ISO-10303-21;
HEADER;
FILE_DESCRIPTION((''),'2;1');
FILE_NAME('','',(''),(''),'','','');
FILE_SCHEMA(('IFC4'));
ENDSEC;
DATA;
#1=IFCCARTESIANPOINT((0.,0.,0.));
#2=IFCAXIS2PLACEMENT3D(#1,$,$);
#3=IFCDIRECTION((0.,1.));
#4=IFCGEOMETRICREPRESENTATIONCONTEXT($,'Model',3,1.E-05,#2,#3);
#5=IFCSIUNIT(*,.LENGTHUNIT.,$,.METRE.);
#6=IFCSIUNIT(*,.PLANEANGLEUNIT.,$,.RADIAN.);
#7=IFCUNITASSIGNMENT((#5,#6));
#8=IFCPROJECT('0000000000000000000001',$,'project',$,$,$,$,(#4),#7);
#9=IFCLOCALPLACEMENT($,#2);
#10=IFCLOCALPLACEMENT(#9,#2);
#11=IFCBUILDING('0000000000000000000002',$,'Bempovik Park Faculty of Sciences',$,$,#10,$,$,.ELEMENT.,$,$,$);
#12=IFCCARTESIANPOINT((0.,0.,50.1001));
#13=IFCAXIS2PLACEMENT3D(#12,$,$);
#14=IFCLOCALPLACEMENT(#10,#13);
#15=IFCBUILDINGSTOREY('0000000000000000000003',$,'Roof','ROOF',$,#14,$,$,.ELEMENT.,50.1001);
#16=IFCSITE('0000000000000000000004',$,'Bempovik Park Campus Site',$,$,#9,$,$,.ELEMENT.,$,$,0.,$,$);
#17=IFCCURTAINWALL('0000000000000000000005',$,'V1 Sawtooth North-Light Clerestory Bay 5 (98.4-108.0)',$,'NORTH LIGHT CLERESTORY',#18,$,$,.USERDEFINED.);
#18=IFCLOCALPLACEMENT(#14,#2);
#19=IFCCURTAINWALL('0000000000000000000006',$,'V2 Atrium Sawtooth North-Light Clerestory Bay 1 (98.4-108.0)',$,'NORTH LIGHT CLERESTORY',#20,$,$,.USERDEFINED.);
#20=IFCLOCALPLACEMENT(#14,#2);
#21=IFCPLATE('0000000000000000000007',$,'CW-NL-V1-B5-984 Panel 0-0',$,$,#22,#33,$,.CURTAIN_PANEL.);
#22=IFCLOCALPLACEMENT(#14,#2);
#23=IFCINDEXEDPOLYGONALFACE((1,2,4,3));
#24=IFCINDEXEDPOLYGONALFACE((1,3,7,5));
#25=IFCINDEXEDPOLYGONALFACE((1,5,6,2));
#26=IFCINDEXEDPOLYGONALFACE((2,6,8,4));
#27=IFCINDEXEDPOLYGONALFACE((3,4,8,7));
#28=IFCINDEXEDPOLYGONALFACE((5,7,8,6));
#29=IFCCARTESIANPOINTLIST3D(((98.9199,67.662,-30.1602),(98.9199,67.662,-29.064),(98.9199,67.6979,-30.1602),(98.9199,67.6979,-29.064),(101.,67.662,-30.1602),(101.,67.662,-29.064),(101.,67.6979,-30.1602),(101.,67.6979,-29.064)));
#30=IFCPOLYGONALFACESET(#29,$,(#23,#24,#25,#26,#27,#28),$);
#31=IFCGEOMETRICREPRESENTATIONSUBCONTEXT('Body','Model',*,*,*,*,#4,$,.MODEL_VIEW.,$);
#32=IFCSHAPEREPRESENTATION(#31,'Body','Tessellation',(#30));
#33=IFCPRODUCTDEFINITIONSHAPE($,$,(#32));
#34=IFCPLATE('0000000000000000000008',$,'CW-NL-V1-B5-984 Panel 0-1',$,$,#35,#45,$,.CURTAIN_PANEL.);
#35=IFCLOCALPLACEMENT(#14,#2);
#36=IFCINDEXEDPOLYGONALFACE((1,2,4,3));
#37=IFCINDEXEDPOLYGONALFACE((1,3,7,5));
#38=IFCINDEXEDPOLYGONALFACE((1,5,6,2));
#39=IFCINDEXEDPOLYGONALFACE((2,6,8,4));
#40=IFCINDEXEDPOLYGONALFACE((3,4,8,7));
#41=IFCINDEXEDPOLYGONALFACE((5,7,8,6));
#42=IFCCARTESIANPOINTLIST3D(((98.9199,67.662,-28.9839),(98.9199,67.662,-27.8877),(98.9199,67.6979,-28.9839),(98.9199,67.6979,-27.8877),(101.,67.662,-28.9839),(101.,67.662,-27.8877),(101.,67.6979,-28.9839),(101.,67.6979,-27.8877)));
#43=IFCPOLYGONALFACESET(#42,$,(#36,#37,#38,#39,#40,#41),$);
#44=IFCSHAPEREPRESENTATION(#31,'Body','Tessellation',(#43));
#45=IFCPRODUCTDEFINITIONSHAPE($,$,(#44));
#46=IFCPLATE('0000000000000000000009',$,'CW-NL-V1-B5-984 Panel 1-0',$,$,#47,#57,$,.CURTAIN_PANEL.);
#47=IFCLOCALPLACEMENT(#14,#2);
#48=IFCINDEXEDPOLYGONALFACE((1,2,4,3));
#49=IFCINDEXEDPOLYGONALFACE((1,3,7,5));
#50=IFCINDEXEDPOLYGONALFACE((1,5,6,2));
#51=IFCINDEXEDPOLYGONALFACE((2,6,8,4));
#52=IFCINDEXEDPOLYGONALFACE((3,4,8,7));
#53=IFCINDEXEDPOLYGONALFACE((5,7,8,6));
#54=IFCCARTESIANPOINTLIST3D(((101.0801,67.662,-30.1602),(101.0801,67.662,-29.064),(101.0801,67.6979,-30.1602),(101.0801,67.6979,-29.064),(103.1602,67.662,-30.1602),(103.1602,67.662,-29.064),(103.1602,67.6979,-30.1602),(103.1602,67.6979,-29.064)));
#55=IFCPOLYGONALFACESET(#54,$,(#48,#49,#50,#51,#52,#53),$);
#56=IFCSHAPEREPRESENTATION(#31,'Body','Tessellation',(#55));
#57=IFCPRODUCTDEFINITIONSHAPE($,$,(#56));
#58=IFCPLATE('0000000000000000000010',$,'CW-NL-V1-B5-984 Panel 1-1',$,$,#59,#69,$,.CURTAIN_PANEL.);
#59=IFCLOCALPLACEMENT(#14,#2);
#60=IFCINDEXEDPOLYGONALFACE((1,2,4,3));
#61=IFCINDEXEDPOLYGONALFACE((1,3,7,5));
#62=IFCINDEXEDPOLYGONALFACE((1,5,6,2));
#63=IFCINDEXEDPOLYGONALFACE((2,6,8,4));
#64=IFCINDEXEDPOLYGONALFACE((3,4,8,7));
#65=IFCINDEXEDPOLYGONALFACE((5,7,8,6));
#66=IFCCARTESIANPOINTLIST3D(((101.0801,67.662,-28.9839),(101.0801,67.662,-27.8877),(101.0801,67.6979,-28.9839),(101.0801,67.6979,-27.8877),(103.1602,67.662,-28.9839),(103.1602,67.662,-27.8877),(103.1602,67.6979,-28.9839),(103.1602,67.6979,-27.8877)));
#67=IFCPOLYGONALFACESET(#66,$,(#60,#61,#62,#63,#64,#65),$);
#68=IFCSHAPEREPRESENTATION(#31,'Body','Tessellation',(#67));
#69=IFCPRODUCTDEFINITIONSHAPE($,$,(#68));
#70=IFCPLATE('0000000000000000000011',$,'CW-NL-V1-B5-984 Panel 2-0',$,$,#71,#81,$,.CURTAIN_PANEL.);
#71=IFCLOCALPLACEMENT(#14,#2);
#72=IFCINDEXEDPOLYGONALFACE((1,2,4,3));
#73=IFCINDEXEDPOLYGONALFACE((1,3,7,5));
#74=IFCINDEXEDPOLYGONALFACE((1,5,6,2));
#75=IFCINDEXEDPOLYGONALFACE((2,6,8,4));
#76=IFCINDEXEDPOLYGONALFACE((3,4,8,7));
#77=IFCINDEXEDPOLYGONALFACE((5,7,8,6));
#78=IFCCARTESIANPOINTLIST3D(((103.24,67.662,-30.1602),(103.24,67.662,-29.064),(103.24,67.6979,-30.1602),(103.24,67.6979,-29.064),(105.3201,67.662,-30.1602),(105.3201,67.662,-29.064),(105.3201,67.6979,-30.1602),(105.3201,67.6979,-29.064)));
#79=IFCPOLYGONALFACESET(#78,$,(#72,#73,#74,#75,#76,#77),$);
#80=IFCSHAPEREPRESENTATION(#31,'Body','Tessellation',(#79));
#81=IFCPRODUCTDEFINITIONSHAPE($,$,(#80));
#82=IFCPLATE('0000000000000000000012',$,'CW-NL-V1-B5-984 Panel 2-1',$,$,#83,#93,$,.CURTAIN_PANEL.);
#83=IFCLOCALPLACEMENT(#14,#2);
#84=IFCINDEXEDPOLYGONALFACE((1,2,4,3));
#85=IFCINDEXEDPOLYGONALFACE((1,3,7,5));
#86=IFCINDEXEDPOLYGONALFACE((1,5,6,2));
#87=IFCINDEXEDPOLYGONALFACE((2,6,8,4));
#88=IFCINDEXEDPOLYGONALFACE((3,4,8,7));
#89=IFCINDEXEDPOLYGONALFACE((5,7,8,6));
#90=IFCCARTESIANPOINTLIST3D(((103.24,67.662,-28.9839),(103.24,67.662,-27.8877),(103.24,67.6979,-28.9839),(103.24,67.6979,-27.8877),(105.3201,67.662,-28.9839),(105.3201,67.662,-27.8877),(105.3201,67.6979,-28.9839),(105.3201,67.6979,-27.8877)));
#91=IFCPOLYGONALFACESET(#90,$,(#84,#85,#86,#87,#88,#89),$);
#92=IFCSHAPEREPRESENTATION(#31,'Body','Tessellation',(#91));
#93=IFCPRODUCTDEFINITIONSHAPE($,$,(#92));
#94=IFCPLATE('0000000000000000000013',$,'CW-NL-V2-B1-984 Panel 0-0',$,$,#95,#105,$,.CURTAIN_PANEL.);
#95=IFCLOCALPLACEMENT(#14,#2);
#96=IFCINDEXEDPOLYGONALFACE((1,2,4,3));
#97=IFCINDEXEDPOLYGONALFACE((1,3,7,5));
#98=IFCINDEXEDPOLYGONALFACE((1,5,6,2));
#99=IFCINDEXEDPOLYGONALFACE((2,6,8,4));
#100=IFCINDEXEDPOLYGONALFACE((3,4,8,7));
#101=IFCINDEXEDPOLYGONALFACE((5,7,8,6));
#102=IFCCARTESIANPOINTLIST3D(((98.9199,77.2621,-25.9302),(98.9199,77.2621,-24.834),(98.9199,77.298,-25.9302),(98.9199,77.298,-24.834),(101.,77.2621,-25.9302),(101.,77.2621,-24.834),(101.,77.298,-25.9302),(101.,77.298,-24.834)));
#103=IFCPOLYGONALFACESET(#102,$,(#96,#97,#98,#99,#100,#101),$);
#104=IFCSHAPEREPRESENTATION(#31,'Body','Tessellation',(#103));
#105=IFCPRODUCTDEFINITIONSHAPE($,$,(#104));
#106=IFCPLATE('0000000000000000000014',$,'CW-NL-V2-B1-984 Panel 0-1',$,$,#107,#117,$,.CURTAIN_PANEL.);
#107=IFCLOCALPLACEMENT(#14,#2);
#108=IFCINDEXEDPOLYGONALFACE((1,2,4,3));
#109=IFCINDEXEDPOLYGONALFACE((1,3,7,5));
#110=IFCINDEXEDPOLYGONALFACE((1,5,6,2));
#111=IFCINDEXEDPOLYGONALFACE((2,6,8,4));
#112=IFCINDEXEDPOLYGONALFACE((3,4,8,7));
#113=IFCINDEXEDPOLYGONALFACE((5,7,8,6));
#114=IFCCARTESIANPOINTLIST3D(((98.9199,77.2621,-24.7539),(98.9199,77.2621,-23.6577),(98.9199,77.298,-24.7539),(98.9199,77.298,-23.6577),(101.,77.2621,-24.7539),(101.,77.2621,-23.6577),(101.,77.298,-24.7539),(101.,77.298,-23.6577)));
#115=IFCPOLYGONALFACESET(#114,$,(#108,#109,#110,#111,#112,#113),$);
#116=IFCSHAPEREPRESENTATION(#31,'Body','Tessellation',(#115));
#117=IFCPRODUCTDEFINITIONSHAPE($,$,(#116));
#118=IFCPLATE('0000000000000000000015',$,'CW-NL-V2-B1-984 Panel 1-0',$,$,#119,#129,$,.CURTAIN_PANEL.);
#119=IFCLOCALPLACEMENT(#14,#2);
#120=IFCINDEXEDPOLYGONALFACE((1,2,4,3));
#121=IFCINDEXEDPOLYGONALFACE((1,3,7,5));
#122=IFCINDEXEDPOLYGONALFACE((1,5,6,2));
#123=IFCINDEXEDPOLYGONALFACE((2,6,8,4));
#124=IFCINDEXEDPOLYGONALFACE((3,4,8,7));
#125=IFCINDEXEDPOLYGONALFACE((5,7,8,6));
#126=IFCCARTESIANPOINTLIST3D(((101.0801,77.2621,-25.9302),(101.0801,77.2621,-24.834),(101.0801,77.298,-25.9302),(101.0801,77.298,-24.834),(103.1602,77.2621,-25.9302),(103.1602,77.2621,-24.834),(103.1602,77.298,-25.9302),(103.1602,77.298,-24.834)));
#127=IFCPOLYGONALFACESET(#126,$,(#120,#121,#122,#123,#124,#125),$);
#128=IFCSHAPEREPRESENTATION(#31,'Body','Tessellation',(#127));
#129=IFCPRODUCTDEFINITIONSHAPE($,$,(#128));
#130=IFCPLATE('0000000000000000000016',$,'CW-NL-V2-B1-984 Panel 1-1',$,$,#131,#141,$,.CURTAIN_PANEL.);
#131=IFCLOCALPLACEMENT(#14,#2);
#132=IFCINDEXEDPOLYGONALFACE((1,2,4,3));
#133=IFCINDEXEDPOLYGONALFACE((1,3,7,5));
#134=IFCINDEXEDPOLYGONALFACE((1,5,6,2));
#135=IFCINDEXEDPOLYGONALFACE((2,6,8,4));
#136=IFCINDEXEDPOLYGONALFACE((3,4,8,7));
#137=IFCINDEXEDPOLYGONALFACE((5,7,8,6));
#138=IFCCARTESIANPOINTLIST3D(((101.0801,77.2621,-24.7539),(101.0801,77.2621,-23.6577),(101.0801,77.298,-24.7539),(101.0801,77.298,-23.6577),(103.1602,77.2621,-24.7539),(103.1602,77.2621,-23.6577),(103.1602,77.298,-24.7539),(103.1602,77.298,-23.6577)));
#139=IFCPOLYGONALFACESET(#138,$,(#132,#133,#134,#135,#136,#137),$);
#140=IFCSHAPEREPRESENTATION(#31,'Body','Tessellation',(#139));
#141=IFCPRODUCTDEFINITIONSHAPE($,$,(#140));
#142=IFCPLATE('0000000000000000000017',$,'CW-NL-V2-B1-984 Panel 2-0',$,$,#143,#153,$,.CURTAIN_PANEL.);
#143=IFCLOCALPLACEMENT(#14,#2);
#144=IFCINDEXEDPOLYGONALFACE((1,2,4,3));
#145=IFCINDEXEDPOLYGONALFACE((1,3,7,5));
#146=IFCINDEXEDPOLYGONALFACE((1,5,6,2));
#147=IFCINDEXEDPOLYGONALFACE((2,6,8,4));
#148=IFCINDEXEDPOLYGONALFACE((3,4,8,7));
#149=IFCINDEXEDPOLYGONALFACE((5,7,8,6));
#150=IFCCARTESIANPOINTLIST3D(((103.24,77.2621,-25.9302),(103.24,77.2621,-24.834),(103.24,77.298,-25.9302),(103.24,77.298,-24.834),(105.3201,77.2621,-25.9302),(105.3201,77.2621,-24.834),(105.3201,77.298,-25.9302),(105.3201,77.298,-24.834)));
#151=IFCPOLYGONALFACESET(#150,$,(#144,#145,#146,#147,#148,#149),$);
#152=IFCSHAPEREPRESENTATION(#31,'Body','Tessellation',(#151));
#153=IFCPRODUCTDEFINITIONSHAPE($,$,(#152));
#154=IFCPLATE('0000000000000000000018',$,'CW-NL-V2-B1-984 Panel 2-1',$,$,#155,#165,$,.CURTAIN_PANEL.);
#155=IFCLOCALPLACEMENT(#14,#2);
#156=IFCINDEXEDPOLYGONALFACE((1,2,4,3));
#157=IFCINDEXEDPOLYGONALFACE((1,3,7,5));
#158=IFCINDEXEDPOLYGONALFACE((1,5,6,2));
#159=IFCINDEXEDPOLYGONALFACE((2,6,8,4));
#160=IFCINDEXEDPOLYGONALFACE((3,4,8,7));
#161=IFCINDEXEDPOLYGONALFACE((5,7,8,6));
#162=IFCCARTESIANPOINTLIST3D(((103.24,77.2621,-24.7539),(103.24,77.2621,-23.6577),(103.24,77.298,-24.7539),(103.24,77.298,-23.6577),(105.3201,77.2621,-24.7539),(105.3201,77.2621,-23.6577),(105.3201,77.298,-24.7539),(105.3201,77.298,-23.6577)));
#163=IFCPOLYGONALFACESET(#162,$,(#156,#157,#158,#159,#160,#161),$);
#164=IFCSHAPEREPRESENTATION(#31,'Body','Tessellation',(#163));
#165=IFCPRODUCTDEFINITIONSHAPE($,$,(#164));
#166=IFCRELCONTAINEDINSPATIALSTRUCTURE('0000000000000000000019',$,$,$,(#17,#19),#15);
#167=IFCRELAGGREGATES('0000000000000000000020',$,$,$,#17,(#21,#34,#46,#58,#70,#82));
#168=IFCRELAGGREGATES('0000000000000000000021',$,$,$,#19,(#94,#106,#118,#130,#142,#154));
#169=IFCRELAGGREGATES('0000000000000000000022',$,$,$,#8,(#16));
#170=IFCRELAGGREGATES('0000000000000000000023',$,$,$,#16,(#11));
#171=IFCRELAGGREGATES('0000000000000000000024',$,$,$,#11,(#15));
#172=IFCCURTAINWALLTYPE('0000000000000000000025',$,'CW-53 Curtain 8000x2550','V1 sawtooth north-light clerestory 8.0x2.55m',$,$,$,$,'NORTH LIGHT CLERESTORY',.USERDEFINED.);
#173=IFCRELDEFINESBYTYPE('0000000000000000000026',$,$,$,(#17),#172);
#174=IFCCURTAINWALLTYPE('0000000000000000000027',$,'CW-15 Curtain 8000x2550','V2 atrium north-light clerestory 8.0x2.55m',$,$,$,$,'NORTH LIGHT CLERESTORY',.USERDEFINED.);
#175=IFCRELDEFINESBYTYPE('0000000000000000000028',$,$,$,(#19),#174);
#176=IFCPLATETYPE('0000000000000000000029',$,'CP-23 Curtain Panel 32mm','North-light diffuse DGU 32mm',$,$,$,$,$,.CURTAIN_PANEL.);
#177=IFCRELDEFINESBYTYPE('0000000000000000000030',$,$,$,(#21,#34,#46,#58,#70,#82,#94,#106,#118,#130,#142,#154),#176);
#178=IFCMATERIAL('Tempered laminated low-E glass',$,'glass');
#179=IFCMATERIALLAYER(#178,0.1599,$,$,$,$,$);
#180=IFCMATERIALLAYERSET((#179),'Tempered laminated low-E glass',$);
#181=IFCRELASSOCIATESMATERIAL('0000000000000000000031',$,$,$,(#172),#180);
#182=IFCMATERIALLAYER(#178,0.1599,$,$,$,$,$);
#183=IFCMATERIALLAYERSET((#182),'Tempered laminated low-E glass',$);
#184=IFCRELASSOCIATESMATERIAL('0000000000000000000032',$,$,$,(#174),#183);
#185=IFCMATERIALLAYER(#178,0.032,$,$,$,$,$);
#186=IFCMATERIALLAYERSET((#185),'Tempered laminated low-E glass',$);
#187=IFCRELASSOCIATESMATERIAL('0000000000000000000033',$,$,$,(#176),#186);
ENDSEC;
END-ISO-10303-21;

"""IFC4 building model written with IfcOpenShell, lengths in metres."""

from ifc_helpers import new_model, si_unit, direction, frame, origin, origin_2d, place, context, subcontext, project, spatial, rectangle, extrude, material, layer, layer_set, type_object, element, aggregate, save


model = new_model("IFC4")

# Units and contexts
model_context = context("Model", 3, precision=1e-05, world=origin(), true_north=direction((0.0, 1.0)))
body_context = subcontext(model_context, "Body", "Model", "MODEL_VIEW")
ifc_project = project(units=[si_unit("LENGTHUNIT", "METRE"), si_unit("PLANEANGLEUNIT", "RADIAN")], contexts=[model_context])

# Site, building, storey
site_placement = place(None, origin())
site = spatial("IfcSite", under=ifc_project, at=site_placement, Name="Bempovik Park Campus Site", CompositionType="ELEMENT", RefElevation=0.0)
building_placement = place(site_placement, origin())
building = spatial("IfcBuilding", under=site, at=building_placement, Name="Bempovik Park Faculty of Sciences", CompositionType="ELEMENT")
storey_placement = place(building_placement, frame((0.0, 0.0, 50.1001)))
storey = spatial("IfcBuildingStorey", under=building, at=storey_placement, Name="Roof", Description="ROOF", CompositionType="ELEMENT", Elevation=50.1001)

# Curtain walls
ifc_material_1 = material(Name="Tempered laminated low-E glass", Category="glass")
ifc_layer_1 = layer(ifc_material_1, 0.1599)
ifc_layer_set_1 = layer_set([ifc_layer_1], Name="Tempered laminated low-E glass")
curtain_wall_type_1 = type_object("IfcCurtainWallType", Name="CW-53 Curtain 8000x2550", Description="V1 sawtooth north-light clerestory 8.0x2.55m", ElementType="NORTH LIGHT CLERESTORY", PredefinedType="USERDEFINED", material=ifc_layer_set_1)
curtain_wall_1_placement = place(storey_placement, origin())
curtain_wall_1 = element("IfcCurtainWall", 1, at=curtain_wall_1_placement, inside=storey, type_object=curtain_wall_type_1, Name="V1 Sawtooth North-Light Clerestory Bay 5 (98.4-108.0)", ObjectType="NORTH LIGHT CLERESTORY", PredefinedType="USERDEFINED")
ifc_layer_2 = layer(ifc_material_1, 0.1599)
ifc_layer_set_2 = layer_set([ifc_layer_2], Name="Tempered laminated low-E glass")
curtain_wall_type_2 = type_object("IfcCurtainWallType", Name="CW-15 Curtain 8000x2550", Description="V2 atrium north-light clerestory 8.0x2.55m", ElementType="NORTH LIGHT CLERESTORY", PredefinedType="USERDEFINED", material=ifc_layer_set_2)
curtain_wall_2_placement = place(storey_placement, origin())
curtain_wall_2 = element("IfcCurtainWall", 2, at=curtain_wall_2_placement, inside=storey, type_object=curtain_wall_type_2, Name="V2 Atrium Sawtooth North-Light Clerestory Bay 1 (98.4-108.0)", ObjectType="NORTH LIGHT CLERESTORY", PredefinedType="USERDEFINED")

# Plates
ifc_layer_3 = layer(ifc_material_1, 0.032)
ifc_layer_set_3 = layer_set([ifc_layer_3], Name="Tempered laminated low-E glass")
plate_type = type_object("IfcPlateType", Name="CP-23 Curtain Panel 32mm", Description="North-light diffuse DGU 32mm", PredefinedType="CURTAIN_PANEL", material=ifc_layer_set_3)
plate_1_placement = place(storey_placement, frame((99.96, 67.6799, -30.1602), z_axis=(0.0, 0.0, 1.0), x_axis=(1.0, 0.0, 0.0)))
plate_1 = element("IfcPlate", 3, at=plate_1_placement, type_object=plate_type, Name="CW-NL-V1-B5-984 Panel 0-0", PredefinedType="CURTAIN_PANEL", context=body_context, shape_type="SweptSolid", body=[
    extrude(rectangle(XDim=2.0801, YDim=0.0359, at=origin_2d()), origin(), (0.0, 0.0, 1.0), 1.0962),
])
plate_2_placement = place(storey_placement, frame((99.96, 67.6799, -28.9839), z_axis=(0.0, 0.0, 1.0), x_axis=(1.0, 0.0, 0.0)))
plate_2 = element("IfcPlate", 4, at=plate_2_placement, type_object=plate_type, Name="CW-NL-V1-B5-984 Panel 0-1", PredefinedType="CURTAIN_PANEL", context=body_context, shape_type="SweptSolid", body=[
    extrude(rectangle(XDim=2.0801, YDim=0.0359, at=origin_2d()), origin(), (0.0, 0.0, 1.0), 1.0962),
])
plate_3_placement = place(storey_placement, frame((102.1201, 67.6799, -30.1602), z_axis=(0.0, 0.0, 1.0), x_axis=(1.0, 0.0, 0.0)))
plate_3 = element("IfcPlate", 5, at=plate_3_placement, type_object=plate_type, Name="CW-NL-V1-B5-984 Panel 1-0", PredefinedType="CURTAIN_PANEL", context=body_context, shape_type="SweptSolid", body=[
    extrude(rectangle(XDim=2.0801, YDim=0.0359, at=origin_2d()), origin(), (0.0, 0.0, 1.0), 1.0962),
])
plate_4_placement = place(storey_placement, frame((102.1201, 67.6799, -28.9839), z_axis=(0.0, 0.0, 1.0), x_axis=(1.0, 0.0, 0.0)))
plate_4 = element("IfcPlate", 6, at=plate_4_placement, type_object=plate_type, Name="CW-NL-V1-B5-984 Panel 1-1", PredefinedType="CURTAIN_PANEL", context=body_context, shape_type="SweptSolid", body=[
    extrude(rectangle(XDim=2.0801, YDim=0.0359, at=origin_2d()), origin(), (0.0, 0.0, 1.0), 1.0962),
])
plate_5_placement = place(storey_placement, frame((104.28, 67.6799, -30.1602), z_axis=(0.0, 0.0, 1.0), x_axis=(1.0, 0.0, 0.0)))
plate_5 = element("IfcPlate", 7, at=plate_5_placement, type_object=plate_type, Name="CW-NL-V1-B5-984 Panel 2-0", PredefinedType="CURTAIN_PANEL", context=body_context, shape_type="SweptSolid", body=[
    extrude(rectangle(XDim=2.0801, YDim=0.0359, at=origin_2d()), origin(), (0.0, 0.0, 1.0), 1.0962),
])
plate_6_placement = place(storey_placement, frame((104.28, 67.6799, -28.9839), z_axis=(0.0, 0.0, 1.0), x_axis=(1.0, 0.0, 0.0)))
plate_6 = element("IfcPlate", 8, at=plate_6_placement, type_object=plate_type, Name="CW-NL-V1-B5-984 Panel 2-1", PredefinedType="CURTAIN_PANEL", context=body_context, shape_type="SweptSolid", body=[
    extrude(rectangle(XDim=2.0801, YDim=0.0359, at=origin_2d()), origin(), (0.0, 0.0, 1.0), 1.0962),
])
aggregate(curtain_wall_1, [plate_1, plate_2, plate_3, plate_4, plate_5, plate_6])
plate_7_placement = place(storey_placement, frame((99.96, 77.28, -25.9302), z_axis=(0.0, 0.0, 1.0), x_axis=(1.0, 0.0, 0.0)))
plate_7 = element("IfcPlate", 9, at=plate_7_placement, type_object=plate_type, Name="CW-NL-V2-B1-984 Panel 0-0", PredefinedType="CURTAIN_PANEL", context=body_context, shape_type="SweptSolid", body=[
    extrude(rectangle(XDim=2.0801, YDim=0.0359, at=origin_2d()), origin(), (0.0, 0.0, 1.0), 1.0962),
])
plate_8_placement = place(storey_placement, frame((99.96, 77.28, -24.7539), z_axis=(0.0, 0.0, 1.0), x_axis=(1.0, 0.0, 0.0)))
plate_8 = element("IfcPlate", 10, at=plate_8_placement, type_object=plate_type, Name="CW-NL-V2-B1-984 Panel 0-1", PredefinedType="CURTAIN_PANEL", context=body_context, shape_type="SweptSolid", body=[
    extrude(rectangle(XDim=2.0801, YDim=0.0359, at=origin_2d()), origin(), (0.0, 0.0, 1.0), 1.0962),
])
plate_9_placement = place(storey_placement, frame((102.1201, 77.28, -25.9302), z_axis=(0.0, 0.0, 1.0), x_axis=(1.0, 0.0, 0.0)))
plate_9 = element("IfcPlate", 11, at=plate_9_placement, type_object=plate_type, Name="CW-NL-V2-B1-984 Panel 1-0", PredefinedType="CURTAIN_PANEL", context=body_context, shape_type="SweptSolid", body=[
    extrude(rectangle(XDim=2.0801, YDim=0.0359, at=origin_2d()), origin(), (0.0, 0.0, 1.0), 1.0962),
])
plate_10_placement = place(storey_placement, frame((102.1201, 77.28, -24.7539), z_axis=(0.0, 0.0, 1.0), x_axis=(1.0, 0.0, 0.0)))
plate_10 = element("IfcPlate", 12, at=plate_10_placement, type_object=plate_type, Name="CW-NL-V2-B1-984 Panel 1-1", PredefinedType="CURTAIN_PANEL", context=body_context, shape_type="SweptSolid", body=[
    extrude(rectangle(XDim=2.0801, YDim=0.0359, at=origin_2d()), origin(), (0.0, 0.0, 1.0), 1.0962),
])
plate_11_placement = place(storey_placement, frame((104.28, 77.28, -25.9302), z_axis=(0.0, 0.0, 1.0), x_axis=(1.0, 0.0, 0.0)))
plate_11 = element("IfcPlate", 13, at=plate_11_placement, type_object=plate_type, Name="CW-NL-V2-B1-984 Panel 2-0", PredefinedType="CURTAIN_PANEL", context=body_context, shape_type="SweptSolid", body=[
    extrude(rectangle(XDim=2.0801, YDim=0.0359, at=origin_2d()), origin(), (0.0, 0.0, 1.0), 1.0962),
])
plate_12_placement = place(storey_placement, frame((104.28, 77.28, -24.7539), z_axis=(0.0, 0.0, 1.0), x_axis=(1.0, 0.0, 0.0)))
plate_12 = element("IfcPlate", 14, at=plate_12_placement, type_object=plate_type, Name="CW-NL-V2-B1-984 Panel 2-1", PredefinedType="CURTAIN_PANEL", context=body_context, shape_type="SweptSolid", body=[
    extrude(rectangle(XDim=2.0801, YDim=0.0359, at=origin_2d()), origin(), (0.0, 0.0, 1.0), 1.0962),
])
aggregate(curtain_wall_2, [plate_7, plate_8, plate_9, plate_10, plate_11, plate_12])

save(model, "model.ifc")
